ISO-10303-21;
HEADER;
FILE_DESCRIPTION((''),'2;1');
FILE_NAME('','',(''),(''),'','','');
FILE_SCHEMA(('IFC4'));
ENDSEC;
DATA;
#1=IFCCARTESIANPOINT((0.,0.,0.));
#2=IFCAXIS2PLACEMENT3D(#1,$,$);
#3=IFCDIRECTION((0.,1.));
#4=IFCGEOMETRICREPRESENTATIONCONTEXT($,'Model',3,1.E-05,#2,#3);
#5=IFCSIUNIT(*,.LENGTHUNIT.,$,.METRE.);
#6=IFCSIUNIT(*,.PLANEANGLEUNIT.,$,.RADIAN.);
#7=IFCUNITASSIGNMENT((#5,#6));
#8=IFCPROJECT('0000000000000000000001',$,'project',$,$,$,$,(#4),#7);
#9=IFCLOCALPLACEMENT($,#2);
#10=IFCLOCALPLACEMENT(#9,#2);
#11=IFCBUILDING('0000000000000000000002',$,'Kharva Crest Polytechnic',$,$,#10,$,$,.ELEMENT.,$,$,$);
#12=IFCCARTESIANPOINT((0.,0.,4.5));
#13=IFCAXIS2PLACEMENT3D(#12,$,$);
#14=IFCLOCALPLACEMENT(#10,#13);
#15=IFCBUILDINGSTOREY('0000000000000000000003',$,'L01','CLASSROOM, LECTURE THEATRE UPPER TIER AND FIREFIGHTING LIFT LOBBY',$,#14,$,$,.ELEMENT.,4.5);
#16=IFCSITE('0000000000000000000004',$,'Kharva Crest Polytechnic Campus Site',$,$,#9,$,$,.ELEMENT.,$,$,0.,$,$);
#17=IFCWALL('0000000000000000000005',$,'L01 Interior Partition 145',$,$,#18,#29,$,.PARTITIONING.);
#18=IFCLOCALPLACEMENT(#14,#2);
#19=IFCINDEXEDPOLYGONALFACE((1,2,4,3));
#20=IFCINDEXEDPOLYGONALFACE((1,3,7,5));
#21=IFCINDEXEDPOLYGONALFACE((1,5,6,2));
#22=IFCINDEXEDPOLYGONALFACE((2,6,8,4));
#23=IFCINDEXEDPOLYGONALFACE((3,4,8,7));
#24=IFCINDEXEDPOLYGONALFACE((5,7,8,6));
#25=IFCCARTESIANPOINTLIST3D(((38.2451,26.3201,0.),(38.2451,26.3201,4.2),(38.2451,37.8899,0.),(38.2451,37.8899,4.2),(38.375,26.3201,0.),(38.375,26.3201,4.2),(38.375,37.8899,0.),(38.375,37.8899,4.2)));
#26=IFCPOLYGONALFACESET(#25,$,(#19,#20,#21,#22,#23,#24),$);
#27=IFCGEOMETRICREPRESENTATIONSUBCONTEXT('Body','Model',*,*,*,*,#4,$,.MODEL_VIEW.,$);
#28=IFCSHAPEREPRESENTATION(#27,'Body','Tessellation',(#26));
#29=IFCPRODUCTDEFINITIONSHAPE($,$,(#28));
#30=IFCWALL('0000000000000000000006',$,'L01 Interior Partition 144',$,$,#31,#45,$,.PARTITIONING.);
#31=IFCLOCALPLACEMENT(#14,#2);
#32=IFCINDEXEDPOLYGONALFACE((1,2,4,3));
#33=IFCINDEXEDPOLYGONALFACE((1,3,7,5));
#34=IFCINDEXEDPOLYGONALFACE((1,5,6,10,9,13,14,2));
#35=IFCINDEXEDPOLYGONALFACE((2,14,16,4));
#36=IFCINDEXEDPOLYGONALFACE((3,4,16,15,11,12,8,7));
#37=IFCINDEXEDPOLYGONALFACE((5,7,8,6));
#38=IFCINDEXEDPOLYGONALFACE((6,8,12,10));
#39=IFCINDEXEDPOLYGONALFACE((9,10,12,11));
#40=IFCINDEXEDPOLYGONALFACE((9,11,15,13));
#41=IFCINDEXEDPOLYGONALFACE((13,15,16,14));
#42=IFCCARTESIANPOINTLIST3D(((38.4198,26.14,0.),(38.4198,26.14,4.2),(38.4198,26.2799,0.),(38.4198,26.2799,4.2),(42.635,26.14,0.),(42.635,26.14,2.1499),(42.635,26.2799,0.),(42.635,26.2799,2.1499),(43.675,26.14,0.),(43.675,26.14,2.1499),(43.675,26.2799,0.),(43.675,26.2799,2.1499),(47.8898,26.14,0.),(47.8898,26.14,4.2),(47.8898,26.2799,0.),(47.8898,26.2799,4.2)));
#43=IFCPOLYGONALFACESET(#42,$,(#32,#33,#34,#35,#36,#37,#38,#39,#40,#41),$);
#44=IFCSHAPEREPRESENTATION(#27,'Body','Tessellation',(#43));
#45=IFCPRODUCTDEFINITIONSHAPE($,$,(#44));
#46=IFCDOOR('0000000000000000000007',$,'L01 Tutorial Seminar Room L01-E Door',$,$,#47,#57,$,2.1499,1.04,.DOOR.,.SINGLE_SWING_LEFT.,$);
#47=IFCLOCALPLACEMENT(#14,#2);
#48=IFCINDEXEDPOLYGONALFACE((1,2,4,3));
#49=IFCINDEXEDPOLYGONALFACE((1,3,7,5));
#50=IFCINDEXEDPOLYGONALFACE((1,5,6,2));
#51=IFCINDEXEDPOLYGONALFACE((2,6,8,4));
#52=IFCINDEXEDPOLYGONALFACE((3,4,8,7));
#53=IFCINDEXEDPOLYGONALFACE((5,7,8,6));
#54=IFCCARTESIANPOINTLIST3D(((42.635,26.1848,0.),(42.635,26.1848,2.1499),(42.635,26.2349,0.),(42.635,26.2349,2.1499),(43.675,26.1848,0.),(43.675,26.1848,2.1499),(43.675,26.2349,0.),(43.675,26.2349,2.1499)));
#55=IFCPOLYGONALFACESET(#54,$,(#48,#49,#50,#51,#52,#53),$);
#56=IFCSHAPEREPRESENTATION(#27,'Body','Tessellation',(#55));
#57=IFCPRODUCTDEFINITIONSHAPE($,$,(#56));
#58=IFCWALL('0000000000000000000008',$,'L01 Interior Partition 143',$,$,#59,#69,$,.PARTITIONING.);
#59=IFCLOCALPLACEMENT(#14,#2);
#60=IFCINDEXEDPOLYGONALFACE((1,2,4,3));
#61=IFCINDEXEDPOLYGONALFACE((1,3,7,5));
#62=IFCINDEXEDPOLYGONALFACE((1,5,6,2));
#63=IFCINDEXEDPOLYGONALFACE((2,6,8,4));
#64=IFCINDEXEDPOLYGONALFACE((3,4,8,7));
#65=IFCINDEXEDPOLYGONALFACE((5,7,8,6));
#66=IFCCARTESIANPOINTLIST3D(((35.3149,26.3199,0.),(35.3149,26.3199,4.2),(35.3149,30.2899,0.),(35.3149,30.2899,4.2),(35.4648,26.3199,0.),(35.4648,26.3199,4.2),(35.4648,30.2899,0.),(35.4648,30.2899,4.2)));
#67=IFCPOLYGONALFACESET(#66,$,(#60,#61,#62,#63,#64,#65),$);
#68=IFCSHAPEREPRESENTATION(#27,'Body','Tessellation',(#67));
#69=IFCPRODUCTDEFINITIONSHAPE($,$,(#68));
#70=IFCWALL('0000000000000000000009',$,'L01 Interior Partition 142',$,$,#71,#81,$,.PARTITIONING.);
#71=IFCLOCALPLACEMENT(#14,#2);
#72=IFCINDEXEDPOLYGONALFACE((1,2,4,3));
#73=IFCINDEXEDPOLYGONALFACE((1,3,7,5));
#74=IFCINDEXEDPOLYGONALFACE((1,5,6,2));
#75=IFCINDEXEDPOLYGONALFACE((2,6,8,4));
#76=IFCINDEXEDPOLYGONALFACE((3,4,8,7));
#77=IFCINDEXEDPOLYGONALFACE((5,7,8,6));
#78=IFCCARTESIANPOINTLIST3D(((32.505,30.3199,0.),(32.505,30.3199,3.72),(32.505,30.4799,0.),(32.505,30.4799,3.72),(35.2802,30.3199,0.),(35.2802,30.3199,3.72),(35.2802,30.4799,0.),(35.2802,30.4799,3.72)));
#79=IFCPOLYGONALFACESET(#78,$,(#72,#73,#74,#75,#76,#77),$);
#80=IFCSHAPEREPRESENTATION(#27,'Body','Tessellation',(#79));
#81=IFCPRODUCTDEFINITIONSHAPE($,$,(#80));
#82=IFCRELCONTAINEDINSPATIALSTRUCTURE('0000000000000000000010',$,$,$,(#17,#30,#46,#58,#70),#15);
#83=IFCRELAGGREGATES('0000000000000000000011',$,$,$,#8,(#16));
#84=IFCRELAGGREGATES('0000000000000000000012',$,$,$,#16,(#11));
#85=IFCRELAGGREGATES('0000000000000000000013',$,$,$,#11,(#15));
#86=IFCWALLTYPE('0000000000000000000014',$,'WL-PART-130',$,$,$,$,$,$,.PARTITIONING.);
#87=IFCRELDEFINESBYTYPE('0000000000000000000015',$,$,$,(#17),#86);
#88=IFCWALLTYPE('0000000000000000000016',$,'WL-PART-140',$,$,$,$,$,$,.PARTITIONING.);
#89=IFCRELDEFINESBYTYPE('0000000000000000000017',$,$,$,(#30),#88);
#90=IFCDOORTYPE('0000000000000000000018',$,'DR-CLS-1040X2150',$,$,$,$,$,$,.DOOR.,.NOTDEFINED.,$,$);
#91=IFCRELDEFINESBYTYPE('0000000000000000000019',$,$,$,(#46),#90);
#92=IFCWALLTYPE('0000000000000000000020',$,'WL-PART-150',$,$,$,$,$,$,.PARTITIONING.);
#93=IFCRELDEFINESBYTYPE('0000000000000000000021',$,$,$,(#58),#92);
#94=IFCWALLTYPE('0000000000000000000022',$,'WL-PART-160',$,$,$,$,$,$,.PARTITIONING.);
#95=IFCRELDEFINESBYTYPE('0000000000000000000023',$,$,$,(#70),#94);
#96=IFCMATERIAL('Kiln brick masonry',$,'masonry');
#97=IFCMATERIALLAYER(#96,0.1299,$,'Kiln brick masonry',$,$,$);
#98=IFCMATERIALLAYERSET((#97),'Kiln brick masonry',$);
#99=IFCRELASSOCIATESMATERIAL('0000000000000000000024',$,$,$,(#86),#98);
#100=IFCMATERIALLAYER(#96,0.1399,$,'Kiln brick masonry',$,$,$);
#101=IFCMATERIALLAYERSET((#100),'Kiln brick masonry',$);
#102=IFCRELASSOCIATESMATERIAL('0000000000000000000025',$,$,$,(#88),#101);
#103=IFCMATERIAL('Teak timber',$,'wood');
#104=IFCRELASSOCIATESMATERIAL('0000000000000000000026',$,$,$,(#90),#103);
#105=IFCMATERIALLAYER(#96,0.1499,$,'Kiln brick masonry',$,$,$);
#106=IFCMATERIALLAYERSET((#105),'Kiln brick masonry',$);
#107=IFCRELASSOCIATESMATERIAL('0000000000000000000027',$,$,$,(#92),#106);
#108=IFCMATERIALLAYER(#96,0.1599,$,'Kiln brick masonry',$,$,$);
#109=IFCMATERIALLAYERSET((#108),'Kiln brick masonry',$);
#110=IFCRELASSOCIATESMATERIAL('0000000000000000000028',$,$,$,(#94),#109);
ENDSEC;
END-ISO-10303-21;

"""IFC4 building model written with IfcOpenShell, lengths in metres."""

from ifc_helpers import new_model, si_unit, direction, frame, frame_2d, origin, place, context, subcontext, project, spatial, rectangle, extrude, material, layer, layer_set, type_object, element, fill, save


model = new_model("IFC4")

# Units and contexts
model_context = context("Model", 3, precision=1e-05, world=origin(), true_north=direction((0.0, 1.0)))
body_context = subcontext(model_context, "Body", "Model", "MODEL_VIEW")
ifc_project = project(units=[si_unit("LENGTHUNIT", "METRE"), si_unit("PLANEANGLEUNIT", "RADIAN")], contexts=[model_context])

# Site, building, storey
site_placement = place(None, origin())
site = spatial("IfcSite", under=ifc_project, at=site_placement, Name="Kharva Crest Polytechnic Campus Site", CompositionType="ELEMENT", RefElevation=0.0)
building_placement = place(site_placement, origin())
building = spatial("IfcBuilding", under=site, at=building_placement, Name="Kharva Crest Polytechnic", CompositionType="ELEMENT")
storey_placement = place(building_placement, frame((0.0, 0.0, 4.5)))
storey = spatial("IfcBuildingStorey", under=building, at=storey_placement, Name="L01", Description="CLASSROOM, LECTURE THEATRE UPPER TIER AND FIREFIGHTING LIFT LOBBY", CompositionType="ELEMENT", Elevation=4.5)

# Shared definitions
ifc_material_1 = material(Name="Kiln brick masonry", Category="masonry")

# Wall
ifc_layer_1 = layer(ifc_material_1, 0.1299, Name="Kiln brick masonry")
ifc_layer_set_1 = layer_set([ifc_layer_1], Name="Kiln brick masonry")
wall_type_1 = type_object("IfcWallType", Name="WL-PART-130", PredefinedType="PARTITIONING", material=ifc_layer_set_1)
wall_1_placement = place(storey_placement, frame((38.3101, 26.3201, 0.0), z_axis=(0.0, 0.0, 1.0), x_axis=(0.0, 1.0, 0.0)))
element("IfcWall", 1, at=wall_1_placement, inside=storey, type_object=wall_type_1, Name="L01 Interior Partition 145", PredefinedType="PARTITIONING", context=body_context, shape_type="SweptSolid", body=[
    extrude(rectangle(XDim=11.5698, YDim=0.1299, at=frame_2d((5.7849, 0.0))), origin(), (0.0, 0.0, 1.0), 4.2),
])

# Wall, opening, door
ifc_layer_2 = layer(ifc_material_1, 0.1399, Name="Kiln brick masonry")
ifc_layer_set_2 = layer_set([ifc_layer_2], Name="Kiln brick masonry")
wall_type_2 = type_object("IfcWallType", Name="WL-PART-140", PredefinedType="PARTITIONING", material=ifc_layer_set_2)
wall_2_placement = place(storey_placement, frame((38.4199, 26.21, 0.0), z_axis=(0.0, 0.0, 1.0), x_axis=(1.0, 0.0, 0.0)))
wall_2 = element("IfcWall", 2, at=wall_2_placement, inside=storey, type_object=wall_type_2, Name="L01 Interior Partition 144", PredefinedType="PARTITIONING", context=body_context, shape_type="SweptSolid", body=[
    extrude(rectangle(XDim=9.47, YDim=0.1399, at=frame_2d((4.7349, 0.0))), origin(), (0.0, 0.0, 1.0), 4.2),
])
opening_1_placement = place(wall_2_placement, frame((4.2151, 0.0, 0.0)))
opening_1 = element("IfcOpeningElement", 3, at=opening_1_placement, cuts=wall_2, PredefinedType="OPENING", context=body_context, shape_type="SweptSolid", body=[
    extrude(rectangle(XDim=1.04, YDim=2.1499, at=frame_2d((0.52, 1.075))), frame((0.0, 0.0798, 0.0), z_axis=(0.0, -1.0, 0.0), x_axis=(1.0, 0.0, 0.0)), (0.0, 0.0, 1.0), 0.1599),
])
ifc_material_2 = material(Name="Teak timber", Category="wood")
door_type = type_object("IfcDoorType", Name="DR-CLS-1040X2150", OperationType="NOTDEFINED", PredefinedType="DOOR", material=ifc_material_2)
door_placement = place(opening_1_placement, origin())
door = element("IfcDoor", 4, at=door_placement, inside=storey, type_object=door_type, Name="L01 Tutorial Seminar Room L01-E Door", OperationType="SINGLE_SWING_LEFT", OverallHeight=2.1499, OverallWidth=1.04, PredefinedType="DOOR", context=body_context, shape_type="SweptSolid", body=[
    extrude(rectangle(XDim=1.04, YDim=2.1499, at=frame_2d((0.52, 1.075))), frame((0.0, 0.0249, 0.0), z_axis=(0.0, -1.0, 0.0), x_axis=(1.0, 0.0, 0.0)), (0.0, 0.0, 1.0), 0.05),
])
fill(opening_1, door)

# Walls
ifc_layer_3 = layer(ifc_material_1, 0.1499, Name="Kiln brick masonry")
ifc_layer_set_3 = layer_set([ifc_layer_3], Name="Kiln brick masonry")
wall_type_3 = type_object("IfcWallType", Name="WL-PART-150", PredefinedType="PARTITIONING", material=ifc_layer_set_3)
wall_3_placement = place(storey_placement, frame((35.3899, 26.3201, 0.0), z_axis=(0.0, 0.0, 1.0), x_axis=(0.0, 1.0, 0.0)))
element("IfcWall", 5, at=wall_3_placement, inside=storey, type_object=wall_type_3, Name="L01 Interior Partition 143", PredefinedType="PARTITIONING", context=body_context, shape_type="SweptSolid", body=[
    extrude(rectangle(XDim=3.97, YDim=0.1499, at=frame_2d((1.9849, 0.0))), origin(), (0.0, 0.0, 1.0), 4.2),
])
ifc_layer_4 = layer(ifc_material_1, 0.1599, Name="Kiln brick masonry")
ifc_layer_set_4 = layer_set([ifc_layer_4], Name="Kiln brick masonry")
wall_type_4 = type_object("IfcWallType", Name="WL-PART-160", PredefinedType="PARTITIONING", material=ifc_layer_set_4)
wall_4_placement = place(storey_placement, frame((32.5049, 30.3999, 0.0), z_axis=(0.0, 0.0, 1.0), x_axis=(1.0, 0.0, 0.0)))
element("IfcWall", 6, at=wall_4_placement, inside=storey, type_object=wall_type_4, Name="L01 Interior Partition 142", PredefinedType="PARTITIONING", context=body_context, shape_type="SweptSolid", body=[
    extrude(rectangle(XDim=2.7751, YDim=0.1599, at=frame_2d((1.3877, 0.0))), origin(), (0.0, 0.0, 1.0), 3.72),
])

save(model, "model.ifc")
